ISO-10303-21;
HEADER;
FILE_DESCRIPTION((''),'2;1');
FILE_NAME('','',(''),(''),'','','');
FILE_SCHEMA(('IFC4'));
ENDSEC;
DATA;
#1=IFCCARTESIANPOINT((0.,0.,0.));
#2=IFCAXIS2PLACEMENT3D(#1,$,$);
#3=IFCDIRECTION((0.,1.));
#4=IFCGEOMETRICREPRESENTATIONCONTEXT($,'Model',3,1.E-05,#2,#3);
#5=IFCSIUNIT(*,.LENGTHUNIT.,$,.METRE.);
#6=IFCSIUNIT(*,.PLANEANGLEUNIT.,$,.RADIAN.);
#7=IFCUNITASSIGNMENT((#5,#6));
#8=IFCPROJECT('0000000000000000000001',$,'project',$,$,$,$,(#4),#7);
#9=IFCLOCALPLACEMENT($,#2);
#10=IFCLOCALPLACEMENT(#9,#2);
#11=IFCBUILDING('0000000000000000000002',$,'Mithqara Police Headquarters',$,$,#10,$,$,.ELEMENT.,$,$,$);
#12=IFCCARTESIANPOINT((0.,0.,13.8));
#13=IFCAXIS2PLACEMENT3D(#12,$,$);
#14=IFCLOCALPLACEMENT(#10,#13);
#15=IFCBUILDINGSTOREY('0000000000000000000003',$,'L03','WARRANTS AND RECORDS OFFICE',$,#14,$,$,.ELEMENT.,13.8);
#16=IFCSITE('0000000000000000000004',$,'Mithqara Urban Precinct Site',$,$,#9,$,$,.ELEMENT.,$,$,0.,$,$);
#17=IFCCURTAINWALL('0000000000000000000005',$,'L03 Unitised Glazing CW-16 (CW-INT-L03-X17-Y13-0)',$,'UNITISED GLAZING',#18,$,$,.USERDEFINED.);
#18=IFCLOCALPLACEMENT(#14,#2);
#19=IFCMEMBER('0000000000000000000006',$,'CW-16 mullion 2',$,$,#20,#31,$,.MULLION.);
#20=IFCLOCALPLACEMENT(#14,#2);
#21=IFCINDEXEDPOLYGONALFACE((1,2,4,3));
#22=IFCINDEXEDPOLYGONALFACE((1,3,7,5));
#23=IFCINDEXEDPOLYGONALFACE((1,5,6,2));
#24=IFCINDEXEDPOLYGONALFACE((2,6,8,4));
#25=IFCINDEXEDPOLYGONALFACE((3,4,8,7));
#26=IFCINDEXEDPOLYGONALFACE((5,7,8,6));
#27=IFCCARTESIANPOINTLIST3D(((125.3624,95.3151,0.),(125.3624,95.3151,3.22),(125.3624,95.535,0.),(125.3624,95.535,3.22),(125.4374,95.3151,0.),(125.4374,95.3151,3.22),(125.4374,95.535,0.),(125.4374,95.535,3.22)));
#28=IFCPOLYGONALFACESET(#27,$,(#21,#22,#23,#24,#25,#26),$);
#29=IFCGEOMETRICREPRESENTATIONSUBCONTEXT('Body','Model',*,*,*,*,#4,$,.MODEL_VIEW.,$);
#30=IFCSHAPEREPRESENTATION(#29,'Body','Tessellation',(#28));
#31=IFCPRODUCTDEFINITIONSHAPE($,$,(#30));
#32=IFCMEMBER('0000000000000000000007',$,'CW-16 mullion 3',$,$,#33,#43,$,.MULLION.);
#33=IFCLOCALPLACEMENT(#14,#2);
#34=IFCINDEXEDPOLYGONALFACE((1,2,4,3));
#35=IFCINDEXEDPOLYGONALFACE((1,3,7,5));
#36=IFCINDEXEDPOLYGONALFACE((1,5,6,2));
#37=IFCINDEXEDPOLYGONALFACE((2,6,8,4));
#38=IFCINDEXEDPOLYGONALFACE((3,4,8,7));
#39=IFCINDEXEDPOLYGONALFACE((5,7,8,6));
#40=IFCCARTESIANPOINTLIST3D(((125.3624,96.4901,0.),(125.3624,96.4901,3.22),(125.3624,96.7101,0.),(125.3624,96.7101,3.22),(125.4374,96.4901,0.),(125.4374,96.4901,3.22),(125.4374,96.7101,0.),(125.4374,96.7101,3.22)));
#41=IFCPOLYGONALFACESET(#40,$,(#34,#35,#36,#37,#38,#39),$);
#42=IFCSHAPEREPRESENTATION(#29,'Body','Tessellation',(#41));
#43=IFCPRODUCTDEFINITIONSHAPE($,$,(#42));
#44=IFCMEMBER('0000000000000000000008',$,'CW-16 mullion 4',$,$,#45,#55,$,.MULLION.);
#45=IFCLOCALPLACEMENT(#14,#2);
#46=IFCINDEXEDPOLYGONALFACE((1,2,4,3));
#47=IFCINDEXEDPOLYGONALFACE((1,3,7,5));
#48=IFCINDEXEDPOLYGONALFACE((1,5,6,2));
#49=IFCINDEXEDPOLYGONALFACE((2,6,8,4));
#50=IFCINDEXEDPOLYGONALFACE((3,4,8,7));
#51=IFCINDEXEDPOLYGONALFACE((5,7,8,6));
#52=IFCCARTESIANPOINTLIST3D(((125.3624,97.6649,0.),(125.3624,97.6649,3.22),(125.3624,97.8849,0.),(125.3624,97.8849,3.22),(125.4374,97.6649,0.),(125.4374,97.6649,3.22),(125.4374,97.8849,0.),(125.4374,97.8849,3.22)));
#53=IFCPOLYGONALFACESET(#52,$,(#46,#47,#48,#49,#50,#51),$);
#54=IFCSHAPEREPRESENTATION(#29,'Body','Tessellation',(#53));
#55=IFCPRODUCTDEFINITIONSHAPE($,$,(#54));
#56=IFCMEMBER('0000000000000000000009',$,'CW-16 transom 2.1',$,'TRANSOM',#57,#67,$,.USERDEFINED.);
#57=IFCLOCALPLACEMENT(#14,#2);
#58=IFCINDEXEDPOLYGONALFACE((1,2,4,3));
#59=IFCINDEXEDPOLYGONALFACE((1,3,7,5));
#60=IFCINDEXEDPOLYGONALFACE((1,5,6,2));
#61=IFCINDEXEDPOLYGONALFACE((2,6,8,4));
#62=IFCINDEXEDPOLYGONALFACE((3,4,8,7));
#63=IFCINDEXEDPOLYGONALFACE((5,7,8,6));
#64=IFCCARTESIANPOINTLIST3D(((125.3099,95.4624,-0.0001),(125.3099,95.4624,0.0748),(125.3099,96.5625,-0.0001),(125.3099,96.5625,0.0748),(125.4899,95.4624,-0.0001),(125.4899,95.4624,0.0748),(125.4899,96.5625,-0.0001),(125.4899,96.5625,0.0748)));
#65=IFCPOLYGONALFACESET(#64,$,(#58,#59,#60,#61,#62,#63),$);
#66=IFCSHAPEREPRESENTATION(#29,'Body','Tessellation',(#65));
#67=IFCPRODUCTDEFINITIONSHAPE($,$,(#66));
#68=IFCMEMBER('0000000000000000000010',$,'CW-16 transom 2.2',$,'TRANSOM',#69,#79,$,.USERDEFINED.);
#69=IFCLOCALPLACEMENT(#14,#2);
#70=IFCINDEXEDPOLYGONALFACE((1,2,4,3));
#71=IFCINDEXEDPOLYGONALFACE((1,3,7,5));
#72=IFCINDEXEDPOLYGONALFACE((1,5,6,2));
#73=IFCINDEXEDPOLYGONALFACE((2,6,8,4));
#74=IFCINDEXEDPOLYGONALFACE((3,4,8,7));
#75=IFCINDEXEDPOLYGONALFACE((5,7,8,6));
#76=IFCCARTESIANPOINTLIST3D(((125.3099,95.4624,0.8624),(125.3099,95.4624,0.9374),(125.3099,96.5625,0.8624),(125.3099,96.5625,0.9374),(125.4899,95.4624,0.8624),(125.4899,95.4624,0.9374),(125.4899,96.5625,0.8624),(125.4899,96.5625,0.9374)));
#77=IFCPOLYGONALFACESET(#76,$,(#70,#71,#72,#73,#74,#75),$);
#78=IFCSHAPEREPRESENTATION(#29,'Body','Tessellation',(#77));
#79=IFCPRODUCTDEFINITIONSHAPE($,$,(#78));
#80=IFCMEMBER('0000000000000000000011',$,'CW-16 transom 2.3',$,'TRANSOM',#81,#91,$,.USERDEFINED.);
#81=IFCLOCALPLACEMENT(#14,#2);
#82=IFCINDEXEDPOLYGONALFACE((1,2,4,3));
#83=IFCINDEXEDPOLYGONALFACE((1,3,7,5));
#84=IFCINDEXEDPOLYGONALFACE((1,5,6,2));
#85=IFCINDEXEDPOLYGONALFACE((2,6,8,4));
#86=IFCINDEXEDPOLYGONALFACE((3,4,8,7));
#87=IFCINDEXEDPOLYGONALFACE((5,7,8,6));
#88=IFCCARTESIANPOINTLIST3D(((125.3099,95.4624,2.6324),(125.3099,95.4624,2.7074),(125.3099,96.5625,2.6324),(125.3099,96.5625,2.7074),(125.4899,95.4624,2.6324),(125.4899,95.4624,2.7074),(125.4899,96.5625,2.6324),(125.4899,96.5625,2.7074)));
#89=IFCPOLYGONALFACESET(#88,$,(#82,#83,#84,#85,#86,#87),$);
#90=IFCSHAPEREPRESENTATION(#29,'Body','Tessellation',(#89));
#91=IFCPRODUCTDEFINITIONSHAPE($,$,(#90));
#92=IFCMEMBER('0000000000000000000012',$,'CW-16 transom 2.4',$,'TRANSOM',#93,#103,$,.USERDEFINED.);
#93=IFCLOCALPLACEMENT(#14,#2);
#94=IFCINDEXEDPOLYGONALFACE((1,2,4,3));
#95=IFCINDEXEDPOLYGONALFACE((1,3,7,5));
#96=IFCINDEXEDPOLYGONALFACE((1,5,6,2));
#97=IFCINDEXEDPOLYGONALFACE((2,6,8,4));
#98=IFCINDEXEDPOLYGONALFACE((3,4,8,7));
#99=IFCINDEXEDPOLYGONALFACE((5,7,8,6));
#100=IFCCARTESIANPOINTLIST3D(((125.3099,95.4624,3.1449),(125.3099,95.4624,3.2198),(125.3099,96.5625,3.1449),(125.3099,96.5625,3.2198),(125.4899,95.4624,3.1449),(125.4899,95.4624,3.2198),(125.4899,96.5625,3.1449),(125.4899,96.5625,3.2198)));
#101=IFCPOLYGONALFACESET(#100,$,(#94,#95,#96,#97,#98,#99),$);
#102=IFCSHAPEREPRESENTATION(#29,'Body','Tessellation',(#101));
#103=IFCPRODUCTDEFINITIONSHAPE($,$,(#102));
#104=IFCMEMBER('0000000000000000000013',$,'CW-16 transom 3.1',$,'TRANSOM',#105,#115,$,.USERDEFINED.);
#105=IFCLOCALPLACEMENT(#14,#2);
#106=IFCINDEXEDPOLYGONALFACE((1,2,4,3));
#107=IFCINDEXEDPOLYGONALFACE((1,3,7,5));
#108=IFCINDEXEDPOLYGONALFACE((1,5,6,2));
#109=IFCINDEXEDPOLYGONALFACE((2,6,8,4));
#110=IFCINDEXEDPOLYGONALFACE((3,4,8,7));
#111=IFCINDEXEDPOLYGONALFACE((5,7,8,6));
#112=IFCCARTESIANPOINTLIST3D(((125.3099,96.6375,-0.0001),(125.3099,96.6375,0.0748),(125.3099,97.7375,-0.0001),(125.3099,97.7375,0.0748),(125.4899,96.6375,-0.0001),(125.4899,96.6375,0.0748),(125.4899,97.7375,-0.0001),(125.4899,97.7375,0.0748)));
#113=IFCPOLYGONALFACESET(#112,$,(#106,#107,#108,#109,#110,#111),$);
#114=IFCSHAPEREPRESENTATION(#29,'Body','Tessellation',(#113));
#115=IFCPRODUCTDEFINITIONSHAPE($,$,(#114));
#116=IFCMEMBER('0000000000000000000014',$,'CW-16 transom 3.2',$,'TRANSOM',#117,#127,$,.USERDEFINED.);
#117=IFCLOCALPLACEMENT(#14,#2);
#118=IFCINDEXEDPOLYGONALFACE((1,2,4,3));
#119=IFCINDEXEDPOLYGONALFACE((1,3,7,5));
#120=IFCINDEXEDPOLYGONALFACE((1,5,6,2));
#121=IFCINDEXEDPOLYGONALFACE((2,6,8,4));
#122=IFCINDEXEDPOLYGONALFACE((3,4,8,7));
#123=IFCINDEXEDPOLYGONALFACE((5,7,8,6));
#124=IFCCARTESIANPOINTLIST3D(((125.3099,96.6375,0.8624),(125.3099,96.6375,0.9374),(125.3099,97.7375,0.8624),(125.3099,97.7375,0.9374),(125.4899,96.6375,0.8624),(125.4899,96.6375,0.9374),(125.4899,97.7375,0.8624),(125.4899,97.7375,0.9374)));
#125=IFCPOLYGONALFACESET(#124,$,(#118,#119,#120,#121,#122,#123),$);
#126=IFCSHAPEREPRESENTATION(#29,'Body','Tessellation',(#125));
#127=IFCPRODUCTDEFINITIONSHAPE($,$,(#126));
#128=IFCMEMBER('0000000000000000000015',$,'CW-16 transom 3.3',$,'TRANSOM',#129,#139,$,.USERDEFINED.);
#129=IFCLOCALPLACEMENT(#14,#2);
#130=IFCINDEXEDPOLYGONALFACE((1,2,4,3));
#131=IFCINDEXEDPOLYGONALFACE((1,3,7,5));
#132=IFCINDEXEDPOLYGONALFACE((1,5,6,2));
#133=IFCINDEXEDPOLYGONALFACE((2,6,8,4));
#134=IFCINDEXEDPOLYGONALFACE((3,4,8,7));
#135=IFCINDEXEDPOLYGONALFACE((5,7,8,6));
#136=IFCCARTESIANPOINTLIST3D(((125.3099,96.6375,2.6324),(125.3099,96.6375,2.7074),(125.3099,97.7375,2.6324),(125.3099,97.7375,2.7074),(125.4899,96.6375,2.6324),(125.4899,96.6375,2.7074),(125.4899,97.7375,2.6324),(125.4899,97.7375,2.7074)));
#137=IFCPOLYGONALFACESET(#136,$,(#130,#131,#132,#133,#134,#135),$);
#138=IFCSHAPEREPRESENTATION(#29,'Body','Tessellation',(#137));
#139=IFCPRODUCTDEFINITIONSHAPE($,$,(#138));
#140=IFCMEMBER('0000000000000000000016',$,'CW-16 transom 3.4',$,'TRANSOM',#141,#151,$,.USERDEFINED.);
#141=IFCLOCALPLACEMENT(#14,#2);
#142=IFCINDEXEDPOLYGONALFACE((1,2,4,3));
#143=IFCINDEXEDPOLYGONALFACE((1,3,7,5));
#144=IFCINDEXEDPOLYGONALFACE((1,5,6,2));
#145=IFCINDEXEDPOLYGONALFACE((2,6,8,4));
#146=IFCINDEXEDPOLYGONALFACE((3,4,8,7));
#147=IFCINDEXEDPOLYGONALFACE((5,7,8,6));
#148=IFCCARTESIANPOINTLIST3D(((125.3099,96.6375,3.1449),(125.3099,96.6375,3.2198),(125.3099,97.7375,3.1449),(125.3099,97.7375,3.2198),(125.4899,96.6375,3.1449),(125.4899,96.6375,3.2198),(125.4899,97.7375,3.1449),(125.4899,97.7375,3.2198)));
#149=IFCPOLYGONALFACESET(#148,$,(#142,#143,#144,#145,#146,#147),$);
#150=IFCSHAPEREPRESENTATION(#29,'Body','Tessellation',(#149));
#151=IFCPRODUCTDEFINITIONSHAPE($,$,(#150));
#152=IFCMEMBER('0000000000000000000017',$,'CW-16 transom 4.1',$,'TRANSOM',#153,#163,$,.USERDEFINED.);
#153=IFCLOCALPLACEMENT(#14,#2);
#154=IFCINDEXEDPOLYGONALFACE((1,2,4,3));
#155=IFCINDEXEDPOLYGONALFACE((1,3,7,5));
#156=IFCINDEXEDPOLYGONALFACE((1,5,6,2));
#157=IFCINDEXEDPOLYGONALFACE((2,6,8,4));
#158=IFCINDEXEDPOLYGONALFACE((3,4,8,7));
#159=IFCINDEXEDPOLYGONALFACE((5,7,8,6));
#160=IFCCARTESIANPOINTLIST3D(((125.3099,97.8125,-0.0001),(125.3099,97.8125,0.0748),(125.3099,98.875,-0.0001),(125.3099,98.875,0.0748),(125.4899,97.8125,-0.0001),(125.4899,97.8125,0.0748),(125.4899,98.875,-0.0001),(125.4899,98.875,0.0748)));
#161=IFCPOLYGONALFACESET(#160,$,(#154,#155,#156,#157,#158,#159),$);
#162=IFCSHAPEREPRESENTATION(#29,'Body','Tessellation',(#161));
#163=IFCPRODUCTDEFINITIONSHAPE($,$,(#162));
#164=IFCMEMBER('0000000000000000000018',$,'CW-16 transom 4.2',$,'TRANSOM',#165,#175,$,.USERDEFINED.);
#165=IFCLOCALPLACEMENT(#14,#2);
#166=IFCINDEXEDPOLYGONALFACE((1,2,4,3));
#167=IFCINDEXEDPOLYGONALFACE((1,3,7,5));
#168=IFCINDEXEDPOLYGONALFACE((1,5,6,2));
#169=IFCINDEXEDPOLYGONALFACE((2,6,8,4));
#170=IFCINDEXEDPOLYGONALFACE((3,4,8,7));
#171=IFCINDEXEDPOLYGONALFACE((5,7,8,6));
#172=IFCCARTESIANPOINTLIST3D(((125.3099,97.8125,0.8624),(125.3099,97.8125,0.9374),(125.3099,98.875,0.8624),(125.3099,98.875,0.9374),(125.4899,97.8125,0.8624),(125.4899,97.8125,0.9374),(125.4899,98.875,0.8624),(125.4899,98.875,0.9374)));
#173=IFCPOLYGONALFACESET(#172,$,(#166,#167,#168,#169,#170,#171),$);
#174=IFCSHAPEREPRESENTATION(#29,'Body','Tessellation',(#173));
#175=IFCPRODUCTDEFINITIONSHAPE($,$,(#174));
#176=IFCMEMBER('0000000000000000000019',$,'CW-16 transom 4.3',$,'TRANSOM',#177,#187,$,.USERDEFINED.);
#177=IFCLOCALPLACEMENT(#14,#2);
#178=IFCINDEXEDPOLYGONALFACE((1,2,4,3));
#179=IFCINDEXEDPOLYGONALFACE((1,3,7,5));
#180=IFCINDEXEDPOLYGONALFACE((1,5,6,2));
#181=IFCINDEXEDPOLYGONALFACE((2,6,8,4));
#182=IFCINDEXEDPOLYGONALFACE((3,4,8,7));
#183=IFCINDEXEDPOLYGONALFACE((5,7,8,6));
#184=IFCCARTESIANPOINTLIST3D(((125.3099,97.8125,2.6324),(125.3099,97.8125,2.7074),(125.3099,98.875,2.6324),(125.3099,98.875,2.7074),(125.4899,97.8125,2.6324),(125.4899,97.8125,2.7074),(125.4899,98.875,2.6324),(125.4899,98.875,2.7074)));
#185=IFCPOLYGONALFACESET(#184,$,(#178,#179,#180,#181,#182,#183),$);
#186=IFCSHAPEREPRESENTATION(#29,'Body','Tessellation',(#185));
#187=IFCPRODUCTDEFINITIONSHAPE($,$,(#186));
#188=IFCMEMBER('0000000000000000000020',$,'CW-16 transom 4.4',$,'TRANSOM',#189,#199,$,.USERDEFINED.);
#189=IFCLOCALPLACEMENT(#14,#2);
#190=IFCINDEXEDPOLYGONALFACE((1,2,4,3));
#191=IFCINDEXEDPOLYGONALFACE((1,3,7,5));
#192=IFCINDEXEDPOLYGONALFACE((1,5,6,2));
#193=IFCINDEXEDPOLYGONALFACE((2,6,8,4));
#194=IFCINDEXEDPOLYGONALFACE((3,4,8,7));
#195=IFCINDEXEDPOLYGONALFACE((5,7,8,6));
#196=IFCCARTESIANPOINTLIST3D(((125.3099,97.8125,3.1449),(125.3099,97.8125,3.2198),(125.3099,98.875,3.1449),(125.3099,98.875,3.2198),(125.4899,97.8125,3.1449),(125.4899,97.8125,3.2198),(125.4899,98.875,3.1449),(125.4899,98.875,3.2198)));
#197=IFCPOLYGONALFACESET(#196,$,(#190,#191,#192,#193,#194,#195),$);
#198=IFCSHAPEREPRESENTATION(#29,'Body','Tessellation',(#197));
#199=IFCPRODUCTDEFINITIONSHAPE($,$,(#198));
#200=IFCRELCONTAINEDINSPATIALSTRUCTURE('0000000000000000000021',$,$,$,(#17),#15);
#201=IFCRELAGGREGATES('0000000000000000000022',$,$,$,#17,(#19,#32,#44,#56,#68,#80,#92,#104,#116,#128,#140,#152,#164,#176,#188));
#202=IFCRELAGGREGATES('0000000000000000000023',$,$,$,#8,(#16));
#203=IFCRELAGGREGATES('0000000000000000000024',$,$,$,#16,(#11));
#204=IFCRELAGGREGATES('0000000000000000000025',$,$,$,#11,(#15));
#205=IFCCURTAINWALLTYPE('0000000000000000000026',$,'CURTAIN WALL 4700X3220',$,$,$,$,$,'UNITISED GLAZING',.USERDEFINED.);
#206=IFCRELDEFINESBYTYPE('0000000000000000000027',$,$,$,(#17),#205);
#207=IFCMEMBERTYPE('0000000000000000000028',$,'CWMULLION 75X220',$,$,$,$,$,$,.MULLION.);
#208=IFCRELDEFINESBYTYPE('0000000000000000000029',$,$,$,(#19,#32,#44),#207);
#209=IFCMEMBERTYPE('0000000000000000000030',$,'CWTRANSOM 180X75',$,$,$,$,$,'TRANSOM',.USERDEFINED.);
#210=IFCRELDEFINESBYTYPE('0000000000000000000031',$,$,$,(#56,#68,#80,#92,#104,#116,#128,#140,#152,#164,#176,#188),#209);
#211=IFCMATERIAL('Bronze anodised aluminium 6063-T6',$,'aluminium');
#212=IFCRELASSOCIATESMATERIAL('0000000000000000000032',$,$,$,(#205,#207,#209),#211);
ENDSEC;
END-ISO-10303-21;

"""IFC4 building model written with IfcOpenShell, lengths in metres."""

from ifc_helpers import new_model, si_unit, direction, frame, origin, origin_2d, place, context, subcontext, project, spatial, rectangle, extrude, material, material_profile, profile_set, type_object, element, aggregate, save


model = new_model("IFC4")

# Units and contexts
model_context = context("Model", 3, precision=1e-05, world=origin(), true_north=direction((0.0, 1.0)))
body_context = subcontext(model_context, "Body", "Model", "MODEL_VIEW")
ifc_project = project(units=[si_unit("LENGTHUNIT", "METRE"), si_unit("PLANEANGLEUNIT", "RADIAN")], contexts=[model_context])

# Site, building, storey
site_placement = place(None, origin())
site = spatial("IfcSite", under=ifc_project, at=site_placement, Name="Mithqara Urban Precinct Site", CompositionType="ELEMENT", RefElevation=0.0)
building_placement = place(site_placement, origin())
building = spatial("IfcBuilding", under=site, at=building_placement, Name="Mithqara Police Headquarters", CompositionType="ELEMENT")
storey_placement = place(building_placement, frame((0.0, 0.0, 13.8)))
storey = spatial("IfcBuildingStorey", under=building, at=storey_placement, Name="L03", Description="WARRANTS AND RECORDS OFFICE", CompositionType="ELEMENT", Elevation=13.8)

# Curtain wall, members
ifc_material_1 = material(Name="Bronze anodised aluminium 6063-T6", Category="aluminium")
curtain_wall_type = type_object("IfcCurtainWallType", Name="CURTAIN WALL 4700X3220", ElementType="UNITISED GLAZING", PredefinedType="USERDEFINED", material=ifc_material_1)
curtain_wall_placement = place(storey_placement, origin())
curtain_wall = element("IfcCurtainWall", 1, at=curtain_wall_placement, inside=storey, type_object=curtain_wall_type, Name="L03 Unitised Glazing CW-16 (CW-INT-L03-X17-Y13-0)", ObjectType="UNITISED GLAZING", PredefinedType="USERDEFINED")
ifc_material_profile_1 = material_profile(ifc_material_1, rectangle(XDim=0.075, YDim=0.22, at=origin_2d()), Name="CWM 75x220")
ifc_profile_set_1 = profile_set([ifc_material_profile_1], Name="Bronze anodised aluminium 6063-T6")
member_type_1 = type_object("IfcMemberType", Name="CWMULLION 75X220", PredefinedType="MULLION", material=ifc_profile_set_1)
member_1_placement = place(storey_placement, frame((125.3999, 95.425, 0.0), z_axis=(0.0, 0.0, 1.0), x_axis=(-1.0, 0.0, 0.0)))
member_1 = element("IfcMember", 2, at=member_1_placement, type_object=member_type_1, Name="CW-16 mullion 2", PredefinedType="MULLION", context=body_context, shape_type="SweptSolid", body=[
    extrude(rectangle(XDim=0.075, YDim=0.22, at=origin_2d()), origin(), (0.0, 0.0, 1.0), 3.22),
])
member_2_placement = place(storey_placement, frame((125.3999, 96.6001, 0.0), z_axis=(0.0, 0.0, 1.0), x_axis=(-1.0, 0.0, 0.0)))
member_2 = element("IfcMember", 3, at=member_2_placement, type_object=member_type_1, Name="CW-16 mullion 3", PredefinedType="MULLION", context=body_context, shape_type="SweptSolid", body=[
    extrude(rectangle(XDim=0.075, YDim=0.22, at=origin_2d()), origin(), (0.0, 0.0, 1.0), 3.22),
])
member_3_placement = place(storey_placement, frame((125.3999, 97.7749, 0.0), z_axis=(0.0, 0.0, 1.0), x_axis=(-1.0, 0.0, 0.0)))
member_3 = element("IfcMember", 4, at=member_3_placement, type_object=member_type_1, Name="CW-16 mullion 4", PredefinedType="MULLION", context=body_context, shape_type="SweptSolid", body=[
    extrude(rectangle(XDim=0.075, YDim=0.22, at=origin_2d()), origin(), (0.0, 0.0, 1.0), 3.22),
])
ifc_material_profile_2 = material_profile(ifc_material_1, rectangle(XDim=0.1799, YDim=0.075, at=origin_2d()), Name="CWT 180x75")
ifc_profile_set_2 = profile_set([ifc_material_profile_2], Name="Bronze anodised aluminium 6063-T6")
member_type_2 = type_object("IfcMemberType", Name="CWTRANSOM 180X75", ElementType="TRANSOM", PredefinedType="USERDEFINED", material=ifc_profile_set_2)
member_4_placement = place(storey_placement, frame((125.3999, 95.4624, 0.0374), z_axis=(0.0, 1.0, 0.0), x_axis=(-1.0, 0.0, 0.0)))
member_4 = element("IfcMember", 5, at=member_4_placement, type_object=member_type_2, Name="CW-16 transom 2.1", ObjectType="TRANSOM", PredefinedType="USERDEFINED", context=body_context, shape_type="SweptSolid", body=[
    extrude(rectangle(XDim=0.1799, YDim=0.075, at=origin_2d()), origin(), (0.0, 0.0, 1.0), 1.1001),
])
member_5_placement = place(storey_placement, frame((125.3999, 95.4624, 0.8999), z_axis=(0.0, 1.0, 0.0), x_axis=(-1.0, 0.0, 0.0)))
member_5 = element("IfcMember", 6, at=member_5_placement, type_object=member_type_2, Name="CW-16 transom 2.2", ObjectType="TRANSOM", PredefinedType="USERDEFINED", context=body_context, shape_type="SweptSolid", body=[
    extrude(rectangle(XDim=0.1799, YDim=0.075, at=origin_2d()), origin(), (0.0, 0.0, 1.0), 1.1001),
])
member_6_placement = place(storey_placement, frame((125.3999, 95.4624, 2.6699), z_axis=(0.0, 1.0, 0.0), x_axis=(-1.0, 0.0, 0.0)))
member_6 = element("IfcMember", 7, at=member_6_placement, type_object=member_type_2, Name="CW-16 transom 2.3", ObjectType="TRANSOM", PredefinedType="USERDEFINED", context=body_context, shape_type="SweptSolid", body=[
    extrude(rectangle(XDim=0.1799, YDim=0.075, at=origin_2d()), origin(), (0.0, 0.0, 1.0), 1.1001),
])
member_7_placement = place(storey_placement, frame((125.3999, 95.4624, 3.1824), z_axis=(0.0, 1.0, 0.0), x_axis=(-1.0, 0.0, 0.0)))
member_7 = element("IfcMember", 8, at=member_7_placement, type_object=member_type_2, Name="CW-16 transom 2.4", ObjectType="TRANSOM", PredefinedType="USERDEFINED", context=body_context, shape_type="SweptSolid", body=[
    extrude(rectangle(XDim=0.1799, YDim=0.075, at=origin_2d()), origin(), (0.0, 0.0, 1.0), 1.1001),
])
member_8_placement = place(storey_placement, frame((125.3999, 96.6375, 0.0374), z_axis=(0.0, 1.0, 0.0), x_axis=(-1.0, 0.0, 0.0)))
member_8 = element("IfcMember", 9, at=member_8_placement, type_object=member_type_2, Name="CW-16 transom 3.1", ObjectType="TRANSOM", PredefinedType="USERDEFINED", context=body_context, shape_type="SweptSolid", body=[
    extrude(rectangle(XDim=0.1799, YDim=0.075, at=origin_2d()), origin(), (0.0, 0.0, 1.0), 1.1001),
])
member_9_placement = place(storey_placement, frame((125.3999, 96.6375, 0.8999), z_axis=(0.0, 1.0, 0.0), x_axis=(-1.0, 0.0, 0.0)))
member_9 = element("IfcMember", 10, at=member_9_placement, type_object=member_type_2, Name="CW-16 transom 3.2", ObjectType="TRANSOM", PredefinedType="USERDEFINED", context=body_context, shape_type="SweptSolid", body=[
    extrude(rectangle(XDim=0.1799, YDim=0.075, at=origin_2d()), origin(), (0.0, 0.0, 1.0), 1.1001),
])
member_10_placement = place(storey_placement, frame((125.3999, 96.6375, 2.6699), z_axis=(0.0, 1.0, 0.0), x_axis=(-1.0, 0.0, 0.0)))
member_10 = element("IfcMember", 11, at=member_10_placement, type_object=member_type_2, Name="CW-16 transom 3.3", ObjectType="TRANSOM", PredefinedType="USERDEFINED", context=body_context, shape_type="SweptSolid", body=[
    extrude(rectangle(XDim=0.1799, YDim=0.075, at=origin_2d()), origin(), (0.0, 0.0, 1.0), 1.1001),
])
member_11_placement = place(storey_placement, frame((125.3999, 96.6375, 3.1824), z_axis=(0.0, 1.0, 0.0), x_axis=(-1.0, 0.0, 0.0)))
member_11 = element("IfcMember", 12, at=member_11_placement, type_object=member_type_2, Name="CW-16 transom 3.4", ObjectType="TRANSOM", PredefinedType="USERDEFINED", context=body_context, shape_type="SweptSolid", body=[
    extrude(rectangle(XDim=0.1799, YDim=0.075, at=origin_2d()), origin(), (0.0, 0.0, 1.0), 1.1001),
])
member_12_placement = place(storey_placement, frame((125.3999, 97.8125, 0.0374), z_axis=(0.0, 1.0, 0.0), x_axis=(-1.0, 0.0, 0.0)))
member_12 = element("IfcMember", 13, at=member_12_placement, type_object=member_type_2, Name="CW-16 transom 4.1", ObjectType="TRANSOM", PredefinedType="USERDEFINED", context=body_context, shape_type="SweptSolid", body=[
    extrude(rectangle(XDim=0.1799, YDim=0.075, at=origin_2d()), origin(), (0.0, 0.0, 1.0), 1.0625),
])
member_13_placement = place(storey_placement, frame((125.3999, 97.8125, 0.8999), z_axis=(0.0, 1.0, 0.0), x_axis=(-1.0, 0.0, 0.0)))
member_13 = element("IfcMember", 14, at=member_13_placement, type_object=member_type_2, Name="CW-16 transom 4.2", ObjectType="TRANSOM", PredefinedType="USERDEFINED", context=body_context, shape_type="SweptSolid", body=[
    extrude(rectangle(XDim=0.1799, YDim=0.075, at=origin_2d()), origin(), (0.0, 0.0, 1.0), 1.0625),
])
member_14_placement = place(storey_placement, frame((125.3999, 97.8125, 2.6699), z_axis=(0.0, 1.0, 0.0), x_axis=(-1.0, 0.0, 0.0)))
member_14 = element("IfcMember", 15, at=member_14_placement, type_object=member_type_2, Name="CW-16 transom 4.3", ObjectType="TRANSOM", PredefinedType="USERDEFINED", context=body_context, shape_type="SweptSolid", body=[
    extrude(rectangle(XDim=0.1799, YDim=0.075, at=origin_2d()), origin(), (0.0, 0.0, 1.0), 1.0625),
])
member_15_placement = place(storey_placement, frame((125.3999, 97.8125, 3.1824), z_axis=(0.0, 1.0, 0.0), x_axis=(-1.0, 0.0, 0.0)))
member_15 = element("IfcMember", 16, at=member_15_placement, type_object=member_type_2, Name="CW-16 transom 4.4", ObjectType="TRANSOM", PredefinedType="USERDEFINED", context=body_context, shape_type="SweptSolid", body=[
    extrude(rectangle(XDim=0.1799, YDim=0.075, at=origin_2d()), origin(), (0.0, 0.0, 1.0), 1.0625),
])
aggregate(curtain_wall, [member_1, member_2, member_3, member_4, member_5, member_6, member_7, member_8, member_9, member_10, member_11, member_12, member_13, member_14, member_15])

save(model, "model.ifc")
